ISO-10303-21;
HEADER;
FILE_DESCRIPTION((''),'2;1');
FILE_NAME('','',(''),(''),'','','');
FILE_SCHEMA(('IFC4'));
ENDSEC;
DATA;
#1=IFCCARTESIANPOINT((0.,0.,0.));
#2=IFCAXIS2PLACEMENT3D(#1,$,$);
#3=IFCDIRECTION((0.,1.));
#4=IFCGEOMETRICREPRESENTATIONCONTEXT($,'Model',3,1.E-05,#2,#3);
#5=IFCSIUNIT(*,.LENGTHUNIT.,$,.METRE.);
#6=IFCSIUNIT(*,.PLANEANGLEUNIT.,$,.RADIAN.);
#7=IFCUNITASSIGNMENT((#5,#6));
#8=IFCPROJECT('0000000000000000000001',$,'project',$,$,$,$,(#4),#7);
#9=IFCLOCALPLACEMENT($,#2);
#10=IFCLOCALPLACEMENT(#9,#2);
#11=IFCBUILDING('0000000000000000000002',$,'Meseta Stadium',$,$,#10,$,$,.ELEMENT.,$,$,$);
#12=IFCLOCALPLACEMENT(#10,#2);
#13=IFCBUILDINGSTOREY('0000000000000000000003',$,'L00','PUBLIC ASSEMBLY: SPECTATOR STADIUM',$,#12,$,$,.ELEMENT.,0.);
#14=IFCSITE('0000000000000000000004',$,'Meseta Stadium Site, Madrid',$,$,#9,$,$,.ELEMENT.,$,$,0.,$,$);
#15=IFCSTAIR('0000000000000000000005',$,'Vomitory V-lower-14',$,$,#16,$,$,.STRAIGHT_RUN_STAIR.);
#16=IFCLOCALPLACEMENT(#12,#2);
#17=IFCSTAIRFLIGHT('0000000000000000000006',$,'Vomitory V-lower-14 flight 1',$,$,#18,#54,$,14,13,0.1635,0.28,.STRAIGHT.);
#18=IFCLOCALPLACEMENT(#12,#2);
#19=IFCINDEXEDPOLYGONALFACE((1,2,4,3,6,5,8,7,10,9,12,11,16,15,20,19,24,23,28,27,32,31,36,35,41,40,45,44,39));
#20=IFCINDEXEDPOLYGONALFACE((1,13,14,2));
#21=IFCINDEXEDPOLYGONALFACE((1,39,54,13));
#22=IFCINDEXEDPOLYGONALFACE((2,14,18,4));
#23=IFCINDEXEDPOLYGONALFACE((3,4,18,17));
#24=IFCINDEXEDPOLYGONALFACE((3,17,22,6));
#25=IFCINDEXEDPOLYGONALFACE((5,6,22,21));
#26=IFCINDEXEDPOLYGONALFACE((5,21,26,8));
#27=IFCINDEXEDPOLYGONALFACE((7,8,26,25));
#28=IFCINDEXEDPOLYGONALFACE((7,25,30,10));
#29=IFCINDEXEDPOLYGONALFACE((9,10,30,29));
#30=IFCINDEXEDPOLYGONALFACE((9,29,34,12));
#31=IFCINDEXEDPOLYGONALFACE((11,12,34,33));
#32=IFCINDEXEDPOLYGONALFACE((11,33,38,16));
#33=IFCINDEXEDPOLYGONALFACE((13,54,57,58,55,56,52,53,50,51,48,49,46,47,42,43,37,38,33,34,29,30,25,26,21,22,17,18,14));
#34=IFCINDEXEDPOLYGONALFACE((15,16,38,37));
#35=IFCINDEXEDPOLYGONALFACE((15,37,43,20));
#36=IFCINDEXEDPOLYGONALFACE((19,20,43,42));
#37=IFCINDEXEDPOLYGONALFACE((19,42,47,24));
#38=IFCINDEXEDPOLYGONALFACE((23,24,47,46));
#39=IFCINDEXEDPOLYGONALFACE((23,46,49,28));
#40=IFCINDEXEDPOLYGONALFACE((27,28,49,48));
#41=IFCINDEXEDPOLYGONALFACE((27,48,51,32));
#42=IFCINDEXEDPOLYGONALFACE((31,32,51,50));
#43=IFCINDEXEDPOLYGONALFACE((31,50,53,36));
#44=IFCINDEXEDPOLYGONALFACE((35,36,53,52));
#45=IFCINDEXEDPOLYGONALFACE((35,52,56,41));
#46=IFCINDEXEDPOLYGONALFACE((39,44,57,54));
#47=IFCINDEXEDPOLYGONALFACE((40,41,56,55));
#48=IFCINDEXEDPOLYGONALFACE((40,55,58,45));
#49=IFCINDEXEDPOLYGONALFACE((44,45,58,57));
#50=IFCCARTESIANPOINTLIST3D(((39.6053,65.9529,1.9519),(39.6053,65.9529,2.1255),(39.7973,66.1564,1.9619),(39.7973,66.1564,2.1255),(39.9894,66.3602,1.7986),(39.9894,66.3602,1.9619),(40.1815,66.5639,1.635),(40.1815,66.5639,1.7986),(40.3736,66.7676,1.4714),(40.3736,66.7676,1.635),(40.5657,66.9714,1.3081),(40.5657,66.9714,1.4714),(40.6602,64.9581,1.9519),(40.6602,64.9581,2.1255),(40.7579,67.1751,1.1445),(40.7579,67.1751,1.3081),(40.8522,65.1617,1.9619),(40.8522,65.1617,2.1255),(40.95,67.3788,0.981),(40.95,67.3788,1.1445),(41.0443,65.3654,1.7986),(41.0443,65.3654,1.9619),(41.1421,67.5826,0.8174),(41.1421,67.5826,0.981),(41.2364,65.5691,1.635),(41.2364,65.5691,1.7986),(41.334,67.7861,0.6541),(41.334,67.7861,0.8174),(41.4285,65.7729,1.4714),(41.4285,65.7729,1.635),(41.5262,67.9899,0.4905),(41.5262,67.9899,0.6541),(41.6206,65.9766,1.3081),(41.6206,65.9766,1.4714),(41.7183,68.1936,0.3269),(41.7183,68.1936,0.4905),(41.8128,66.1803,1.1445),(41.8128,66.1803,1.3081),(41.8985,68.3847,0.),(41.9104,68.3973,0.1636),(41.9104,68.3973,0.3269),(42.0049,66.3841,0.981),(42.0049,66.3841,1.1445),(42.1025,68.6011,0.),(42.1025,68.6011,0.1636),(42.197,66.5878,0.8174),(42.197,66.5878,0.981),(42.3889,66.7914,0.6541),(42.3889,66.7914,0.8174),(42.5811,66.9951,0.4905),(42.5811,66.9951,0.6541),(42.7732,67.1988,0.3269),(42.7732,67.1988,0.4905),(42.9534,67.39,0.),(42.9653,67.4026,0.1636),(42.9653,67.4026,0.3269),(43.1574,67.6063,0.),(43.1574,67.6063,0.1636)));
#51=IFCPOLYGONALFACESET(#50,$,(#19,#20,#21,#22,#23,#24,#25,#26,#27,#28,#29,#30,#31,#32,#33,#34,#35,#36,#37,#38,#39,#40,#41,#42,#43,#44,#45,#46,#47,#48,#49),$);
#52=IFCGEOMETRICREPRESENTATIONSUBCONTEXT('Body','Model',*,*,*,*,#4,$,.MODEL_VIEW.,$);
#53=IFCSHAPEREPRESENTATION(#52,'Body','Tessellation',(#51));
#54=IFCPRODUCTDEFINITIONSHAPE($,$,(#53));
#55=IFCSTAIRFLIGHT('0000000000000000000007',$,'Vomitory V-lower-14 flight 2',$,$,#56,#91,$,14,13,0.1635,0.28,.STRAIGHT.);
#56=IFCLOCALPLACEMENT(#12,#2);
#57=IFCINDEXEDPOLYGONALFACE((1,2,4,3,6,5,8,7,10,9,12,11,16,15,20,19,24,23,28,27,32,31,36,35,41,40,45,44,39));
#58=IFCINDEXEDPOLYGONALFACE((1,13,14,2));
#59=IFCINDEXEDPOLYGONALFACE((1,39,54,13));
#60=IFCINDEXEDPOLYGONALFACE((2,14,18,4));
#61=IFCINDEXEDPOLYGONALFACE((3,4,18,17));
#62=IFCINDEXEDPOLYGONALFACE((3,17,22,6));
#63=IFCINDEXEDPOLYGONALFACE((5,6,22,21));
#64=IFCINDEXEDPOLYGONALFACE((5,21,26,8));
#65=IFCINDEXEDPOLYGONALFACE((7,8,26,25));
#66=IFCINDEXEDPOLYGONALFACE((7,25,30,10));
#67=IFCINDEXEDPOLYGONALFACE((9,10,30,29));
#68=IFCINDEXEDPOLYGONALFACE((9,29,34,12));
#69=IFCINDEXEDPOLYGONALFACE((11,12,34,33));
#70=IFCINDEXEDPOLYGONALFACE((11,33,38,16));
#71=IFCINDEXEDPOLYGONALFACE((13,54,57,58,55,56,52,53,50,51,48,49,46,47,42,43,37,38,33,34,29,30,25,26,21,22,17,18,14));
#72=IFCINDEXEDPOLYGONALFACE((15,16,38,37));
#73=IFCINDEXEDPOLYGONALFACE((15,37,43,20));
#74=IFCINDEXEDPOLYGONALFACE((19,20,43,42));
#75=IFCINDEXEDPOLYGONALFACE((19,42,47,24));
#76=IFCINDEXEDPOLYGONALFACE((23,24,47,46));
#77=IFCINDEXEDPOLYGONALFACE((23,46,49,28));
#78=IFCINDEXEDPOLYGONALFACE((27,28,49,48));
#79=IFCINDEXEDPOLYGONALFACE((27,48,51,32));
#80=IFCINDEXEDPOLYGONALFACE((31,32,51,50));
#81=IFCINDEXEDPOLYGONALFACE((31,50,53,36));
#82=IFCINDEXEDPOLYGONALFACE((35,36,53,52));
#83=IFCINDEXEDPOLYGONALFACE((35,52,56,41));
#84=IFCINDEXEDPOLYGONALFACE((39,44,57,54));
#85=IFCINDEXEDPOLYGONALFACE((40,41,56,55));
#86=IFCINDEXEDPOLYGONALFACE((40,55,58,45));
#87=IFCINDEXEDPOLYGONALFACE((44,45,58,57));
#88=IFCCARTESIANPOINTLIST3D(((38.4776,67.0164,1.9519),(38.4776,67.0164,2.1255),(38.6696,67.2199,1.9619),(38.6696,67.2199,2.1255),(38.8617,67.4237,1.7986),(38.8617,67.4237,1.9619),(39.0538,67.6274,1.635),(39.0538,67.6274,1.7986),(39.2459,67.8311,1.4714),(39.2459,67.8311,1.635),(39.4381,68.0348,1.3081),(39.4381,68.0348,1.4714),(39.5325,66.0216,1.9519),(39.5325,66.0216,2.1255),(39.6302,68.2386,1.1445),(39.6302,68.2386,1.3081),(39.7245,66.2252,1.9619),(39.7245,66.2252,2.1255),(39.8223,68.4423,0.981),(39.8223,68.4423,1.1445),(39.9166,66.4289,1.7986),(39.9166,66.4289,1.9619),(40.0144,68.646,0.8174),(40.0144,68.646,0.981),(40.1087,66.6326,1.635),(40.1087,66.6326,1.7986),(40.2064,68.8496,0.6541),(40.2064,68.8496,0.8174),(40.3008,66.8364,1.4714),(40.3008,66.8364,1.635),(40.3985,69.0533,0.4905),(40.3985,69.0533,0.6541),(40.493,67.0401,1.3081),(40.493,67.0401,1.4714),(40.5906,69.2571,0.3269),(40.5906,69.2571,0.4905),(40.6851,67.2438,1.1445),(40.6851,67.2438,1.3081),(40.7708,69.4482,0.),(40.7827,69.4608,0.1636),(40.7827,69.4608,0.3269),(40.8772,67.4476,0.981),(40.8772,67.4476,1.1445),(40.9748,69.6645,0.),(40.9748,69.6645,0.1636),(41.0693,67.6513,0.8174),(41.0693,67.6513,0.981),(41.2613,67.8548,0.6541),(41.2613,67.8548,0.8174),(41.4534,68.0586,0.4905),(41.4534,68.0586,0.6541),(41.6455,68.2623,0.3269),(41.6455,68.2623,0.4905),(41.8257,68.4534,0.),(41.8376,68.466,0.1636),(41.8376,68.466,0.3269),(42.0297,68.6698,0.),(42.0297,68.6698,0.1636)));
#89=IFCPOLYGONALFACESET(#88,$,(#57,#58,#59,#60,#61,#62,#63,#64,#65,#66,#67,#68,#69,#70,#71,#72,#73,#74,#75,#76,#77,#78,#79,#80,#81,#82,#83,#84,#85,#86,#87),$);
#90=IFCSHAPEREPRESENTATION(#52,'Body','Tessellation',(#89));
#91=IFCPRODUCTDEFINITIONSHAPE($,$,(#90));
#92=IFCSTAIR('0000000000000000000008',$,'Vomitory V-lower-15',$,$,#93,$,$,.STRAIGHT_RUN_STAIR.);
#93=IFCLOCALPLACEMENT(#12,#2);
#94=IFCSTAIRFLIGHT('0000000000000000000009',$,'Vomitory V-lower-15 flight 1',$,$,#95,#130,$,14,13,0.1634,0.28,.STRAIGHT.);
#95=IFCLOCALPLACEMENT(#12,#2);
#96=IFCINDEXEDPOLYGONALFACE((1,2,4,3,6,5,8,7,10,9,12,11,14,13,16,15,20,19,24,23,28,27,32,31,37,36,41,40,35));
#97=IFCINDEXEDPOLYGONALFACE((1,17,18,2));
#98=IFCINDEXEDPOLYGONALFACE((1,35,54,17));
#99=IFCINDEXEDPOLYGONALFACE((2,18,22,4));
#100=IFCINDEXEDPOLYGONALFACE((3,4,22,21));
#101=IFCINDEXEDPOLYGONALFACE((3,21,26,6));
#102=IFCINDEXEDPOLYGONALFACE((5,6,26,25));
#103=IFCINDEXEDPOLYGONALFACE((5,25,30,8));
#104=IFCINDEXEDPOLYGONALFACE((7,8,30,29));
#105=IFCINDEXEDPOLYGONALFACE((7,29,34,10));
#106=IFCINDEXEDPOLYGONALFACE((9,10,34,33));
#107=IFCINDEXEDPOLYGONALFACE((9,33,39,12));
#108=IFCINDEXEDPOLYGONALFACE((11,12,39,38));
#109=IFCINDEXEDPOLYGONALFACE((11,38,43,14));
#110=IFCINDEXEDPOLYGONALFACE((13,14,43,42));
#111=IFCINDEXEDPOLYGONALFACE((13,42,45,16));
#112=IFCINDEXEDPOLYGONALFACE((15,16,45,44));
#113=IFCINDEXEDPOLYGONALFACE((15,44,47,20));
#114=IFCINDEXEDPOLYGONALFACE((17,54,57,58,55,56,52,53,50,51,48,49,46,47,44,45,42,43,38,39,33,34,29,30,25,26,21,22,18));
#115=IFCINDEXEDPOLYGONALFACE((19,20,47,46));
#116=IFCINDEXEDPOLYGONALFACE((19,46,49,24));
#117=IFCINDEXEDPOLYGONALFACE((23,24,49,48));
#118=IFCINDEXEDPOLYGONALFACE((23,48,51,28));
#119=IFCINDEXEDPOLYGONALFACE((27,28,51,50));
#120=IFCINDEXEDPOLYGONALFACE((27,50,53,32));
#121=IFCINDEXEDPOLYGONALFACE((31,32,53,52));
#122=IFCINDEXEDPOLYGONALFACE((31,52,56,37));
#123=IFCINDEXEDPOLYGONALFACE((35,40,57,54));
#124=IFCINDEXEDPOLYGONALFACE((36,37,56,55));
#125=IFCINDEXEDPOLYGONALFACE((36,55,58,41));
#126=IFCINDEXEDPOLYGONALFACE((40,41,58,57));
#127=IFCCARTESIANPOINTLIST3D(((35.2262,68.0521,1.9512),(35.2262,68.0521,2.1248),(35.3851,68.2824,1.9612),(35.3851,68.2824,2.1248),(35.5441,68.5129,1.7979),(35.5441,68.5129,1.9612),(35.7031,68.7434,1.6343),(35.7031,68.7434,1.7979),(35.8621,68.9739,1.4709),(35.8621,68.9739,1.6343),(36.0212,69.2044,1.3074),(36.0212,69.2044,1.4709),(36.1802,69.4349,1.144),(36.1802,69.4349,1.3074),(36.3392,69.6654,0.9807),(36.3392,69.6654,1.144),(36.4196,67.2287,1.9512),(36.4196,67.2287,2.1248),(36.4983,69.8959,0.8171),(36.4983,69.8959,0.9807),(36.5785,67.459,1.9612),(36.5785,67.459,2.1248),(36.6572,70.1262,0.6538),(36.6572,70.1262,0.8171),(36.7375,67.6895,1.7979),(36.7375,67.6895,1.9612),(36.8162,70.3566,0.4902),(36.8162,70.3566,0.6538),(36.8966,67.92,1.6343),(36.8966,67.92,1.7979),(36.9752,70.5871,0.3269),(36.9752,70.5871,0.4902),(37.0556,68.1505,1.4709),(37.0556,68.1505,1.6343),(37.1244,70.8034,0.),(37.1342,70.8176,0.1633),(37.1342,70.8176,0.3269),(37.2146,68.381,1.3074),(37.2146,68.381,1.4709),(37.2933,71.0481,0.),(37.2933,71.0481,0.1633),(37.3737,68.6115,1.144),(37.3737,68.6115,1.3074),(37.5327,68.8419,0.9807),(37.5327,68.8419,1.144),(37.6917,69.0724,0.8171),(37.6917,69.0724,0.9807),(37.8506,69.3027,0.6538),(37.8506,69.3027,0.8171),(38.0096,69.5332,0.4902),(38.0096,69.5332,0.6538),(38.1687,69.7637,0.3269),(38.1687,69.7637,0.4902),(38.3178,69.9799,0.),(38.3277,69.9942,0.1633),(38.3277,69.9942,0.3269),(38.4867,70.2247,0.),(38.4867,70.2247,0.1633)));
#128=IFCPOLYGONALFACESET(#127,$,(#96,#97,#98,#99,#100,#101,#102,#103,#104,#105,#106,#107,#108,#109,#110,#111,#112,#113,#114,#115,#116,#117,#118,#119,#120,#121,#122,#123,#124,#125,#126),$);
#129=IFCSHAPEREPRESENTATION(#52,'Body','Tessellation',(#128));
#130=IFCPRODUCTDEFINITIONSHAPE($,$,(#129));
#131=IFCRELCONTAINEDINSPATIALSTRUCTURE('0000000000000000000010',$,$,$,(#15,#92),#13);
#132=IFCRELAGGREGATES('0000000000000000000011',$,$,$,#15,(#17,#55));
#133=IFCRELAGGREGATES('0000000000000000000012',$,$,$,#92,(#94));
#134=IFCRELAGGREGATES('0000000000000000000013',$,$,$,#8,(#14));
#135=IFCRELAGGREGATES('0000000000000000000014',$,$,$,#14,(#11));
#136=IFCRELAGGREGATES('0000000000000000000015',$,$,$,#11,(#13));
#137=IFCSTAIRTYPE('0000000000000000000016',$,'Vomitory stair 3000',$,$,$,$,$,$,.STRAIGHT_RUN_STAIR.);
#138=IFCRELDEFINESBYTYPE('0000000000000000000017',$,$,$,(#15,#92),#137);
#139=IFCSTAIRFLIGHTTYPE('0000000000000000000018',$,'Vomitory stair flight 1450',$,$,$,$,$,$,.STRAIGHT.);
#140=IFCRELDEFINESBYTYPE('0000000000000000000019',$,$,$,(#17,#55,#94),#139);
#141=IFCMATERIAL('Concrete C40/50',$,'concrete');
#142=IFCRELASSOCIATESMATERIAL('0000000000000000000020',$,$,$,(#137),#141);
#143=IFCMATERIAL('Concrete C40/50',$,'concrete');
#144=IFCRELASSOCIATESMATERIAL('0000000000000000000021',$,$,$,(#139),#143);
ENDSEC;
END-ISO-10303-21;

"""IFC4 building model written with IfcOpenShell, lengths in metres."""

from ifc_helpers import new_model, si_unit, direction, frame, origin, place, context, subcontext, project, spatial, polyline, outline, extrude, material, type_object, element, aggregate, save


model = new_model("IFC4")

# Units and contexts
model_context = context("Model", 3, precision=1e-05, world=origin(), true_north=direction((0.0, 1.0)))
body_context = subcontext(model_context, "Body", "Model", "MODEL_VIEW")
ifc_project = project(units=[si_unit("LENGTHUNIT", "METRE"), si_unit("PLANEANGLEUNIT", "RADIAN")], contexts=[model_context])

# Site, building, storey
site_placement = place(None, origin())
site = spatial("IfcSite", under=ifc_project, at=site_placement, Name="Meseta Stadium Site, Madrid", CompositionType="ELEMENT", RefElevation=0.0)
building_placement = place(site_placement, origin())
building = spatial("IfcBuilding", under=site, at=building_placement, Name="Meseta Stadium", CompositionType="ELEMENT")
storey_placement = place(building_placement, origin())
storey = spatial("IfcBuildingStorey", under=building, at=storey_placement, Name="L00", Description="PUBLIC ASSEMBLY: SPECTATOR STADIUM", CompositionType="ELEMENT", Elevation=0.0)

# Shared definitions
ifc_material_1 = material(Name="Concrete C40/50", Category="concrete")
stair_type = type_object("IfcStairType", Name="Vomitory stair 3000", PredefinedType="STRAIGHT_RUN_STAIR", material=ifc_material_1)
ifc_material_2 = material(Name="Concrete C40/50", Category="concrete")
stair_flight_type = type_object("IfcStairFlightType", Name="Vomitory stair flight 1450", PredefinedType="STRAIGHT", material=ifc_material_2)

# Stair, stair flights
stair_1_placement = place(storey_placement, origin())
stair_1 = element("IfcStair", 1, at=stair_1_placement, inside=storey, type_object=stair_type, Name="Vomitory V-lower-14", PredefinedType="STRAIGHT_RUN_STAIR")
stair_flight_1_placement = place(storey_placement, frame((42.6299, 68.1038, 0.0), z_axis=(0.0, 0.0, 1.0), x_axis=(-0.686065, -0.727541, 0.0)))
stair_flight_1 = element("IfcStairFlight", 2, at=stair_flight_1_placement, type_object=stair_flight_type, Name="Vomitory V-lower-14 flight 1", NumberOfRisers=14, NumberOfTreads=13, PredefinedType="STRAIGHT", RiserHeight=0.1635, TreadLength=0.28, context=body_context, shape_type="SweptSolid", body=[
    extrude(outline(polyline([(0.0, 0.0), (0.0, 0.1636), (0.28, 0.1636), (0.28, 0.3269), (0.5601, 0.3269), (0.5601, 0.4905), (0.8401, 0.4905), (0.8401, 0.6541), (1.1201, 0.6541), (1.1201, 0.8174), (1.3999, 0.8174), (1.3999, 0.981), (1.6799, 0.981), (1.6799, 1.1445), (1.96, 1.1445), (1.96, 1.3081), (2.24, 1.3081), (2.24, 1.4714), (2.52, 1.4714), (2.52, 1.635), (2.8, 1.635), (2.8, 1.7986), (3.0801, 1.7986), (3.0801, 1.9619), (3.3601, 1.9619), (3.3601, 2.1255), (3.6399, 2.1255), (3.6399, 1.9519), (0.2974, 0.0), (0.0, 0.0)])), frame((0.0, 0.7251, 0.0), z_axis=(0.0, -1.0, 0.0), x_axis=(1.0, 0.0, 0.0)), (0.0, 0.0, 1.0), 1.45),
])
stair_flight_2_placement = place(storey_placement, frame((41.5022, 69.1672, 0.0), z_axis=(0.0, 0.0, 1.0), x_axis=(-0.686065, -0.727541, 0.0)))
stair_flight_2 = element("IfcStairFlight", 3, at=stair_flight_2_placement, type_object=stair_flight_type, Name="Vomitory V-lower-14 flight 2", NumberOfRisers=14, NumberOfTreads=13, PredefinedType="STRAIGHT", RiserHeight=0.1635, TreadLength=0.28, context=body_context, shape_type="SweptSolid", body=[
    extrude(outline(polyline([(0.0, 0.0), (0.0, 0.1636), (0.28, 0.1636), (0.28, 0.3269), (0.5601, 0.3269), (0.5601, 0.4905), (0.8401, 0.4905), (0.8401, 0.6541), (1.1201, 0.6541), (1.1201, 0.8174), (1.3999, 0.8174), (1.3999, 0.981), (1.6799, 0.981), (1.6799, 1.1445), (1.96, 1.1445), (1.96, 1.3081), (2.24, 1.3081), (2.24, 1.4714), (2.52, 1.4714), (2.52, 1.635), (2.8, 1.635), (2.8, 1.7986), (3.0801, 1.7986), (3.0801, 1.9619), (3.3601, 1.9619), (3.3601, 2.1255), (3.6399, 2.1255), (3.6399, 1.9519), (0.2974, 0.0), (0.0, 0.0)])), frame((0.0, 0.7251, 0.0), z_axis=(0.0, -1.0, 0.0), x_axis=(1.0, 0.0, 0.0)), (0.0, 0.0, 1.0), 1.45),
])
aggregate(stair_1, [stair_flight_1, stair_flight_2])

# Stair, stair flight
stair_2_placement = place(storey_placement, origin())
stair_2 = element("IfcStair", 4, at=stair_2_placement, inside=storey, type_object=stair_type, Name="Vomitory V-lower-15", PredefinedType="STRAIGHT_RUN_STAIR")
stair_flight_3_placement = place(storey_placement, frame((37.8899, 70.6365, 0.0), z_axis=(0.0, 0.0, 1.0), x_axis=(-0.5679, -0.823098, 0.0)))
stair_flight_3 = element("IfcStairFlight", 5, at=stair_flight_3_placement, type_object=stair_flight_type, Name="Vomitory V-lower-15 flight 1", NumberOfRisers=14, NumberOfTreads=13, PredefinedType="STRAIGHT", RiserHeight=0.1634, TreadLength=0.28, context=body_context, shape_type="SweptSolid", body=[
    extrude(outline(polyline([(0.0, 0.0), (0.0, 0.1633), (0.28, 0.1633), (0.28, 0.3269), (0.5601, 0.3269), (0.5601, 0.4902), (0.8401, 0.4902), (0.8401, 0.6538), (1.1201, 0.6538), (1.1201, 0.8171), (1.3999, 0.8171), (1.3999, 0.9807), (1.6799, 0.9807), (1.6799, 1.144), (1.96, 1.144), (1.96, 1.3074), (2.24, 1.3074), (2.24, 1.4709), (2.52, 1.4709), (2.52, 1.6343), (2.8, 1.6343), (2.8, 1.7979), (3.0801, 1.7979), (3.0801, 1.9612), (3.3601, 1.9612), (3.3601, 2.1248), (3.6399, 2.1248), (3.6399, 1.9512), (0.2974, 0.0), (0.0, 0.0)])), frame((0.0, 0.7251, 0.0), z_axis=(0.0, -1.0, 0.0), x_axis=(1.0, 0.0, 0.0)), (0.0, 0.0, 1.0), 1.45),
])
aggregate(stair_2, [stair_flight_3])

save(model, "model.ifc")
